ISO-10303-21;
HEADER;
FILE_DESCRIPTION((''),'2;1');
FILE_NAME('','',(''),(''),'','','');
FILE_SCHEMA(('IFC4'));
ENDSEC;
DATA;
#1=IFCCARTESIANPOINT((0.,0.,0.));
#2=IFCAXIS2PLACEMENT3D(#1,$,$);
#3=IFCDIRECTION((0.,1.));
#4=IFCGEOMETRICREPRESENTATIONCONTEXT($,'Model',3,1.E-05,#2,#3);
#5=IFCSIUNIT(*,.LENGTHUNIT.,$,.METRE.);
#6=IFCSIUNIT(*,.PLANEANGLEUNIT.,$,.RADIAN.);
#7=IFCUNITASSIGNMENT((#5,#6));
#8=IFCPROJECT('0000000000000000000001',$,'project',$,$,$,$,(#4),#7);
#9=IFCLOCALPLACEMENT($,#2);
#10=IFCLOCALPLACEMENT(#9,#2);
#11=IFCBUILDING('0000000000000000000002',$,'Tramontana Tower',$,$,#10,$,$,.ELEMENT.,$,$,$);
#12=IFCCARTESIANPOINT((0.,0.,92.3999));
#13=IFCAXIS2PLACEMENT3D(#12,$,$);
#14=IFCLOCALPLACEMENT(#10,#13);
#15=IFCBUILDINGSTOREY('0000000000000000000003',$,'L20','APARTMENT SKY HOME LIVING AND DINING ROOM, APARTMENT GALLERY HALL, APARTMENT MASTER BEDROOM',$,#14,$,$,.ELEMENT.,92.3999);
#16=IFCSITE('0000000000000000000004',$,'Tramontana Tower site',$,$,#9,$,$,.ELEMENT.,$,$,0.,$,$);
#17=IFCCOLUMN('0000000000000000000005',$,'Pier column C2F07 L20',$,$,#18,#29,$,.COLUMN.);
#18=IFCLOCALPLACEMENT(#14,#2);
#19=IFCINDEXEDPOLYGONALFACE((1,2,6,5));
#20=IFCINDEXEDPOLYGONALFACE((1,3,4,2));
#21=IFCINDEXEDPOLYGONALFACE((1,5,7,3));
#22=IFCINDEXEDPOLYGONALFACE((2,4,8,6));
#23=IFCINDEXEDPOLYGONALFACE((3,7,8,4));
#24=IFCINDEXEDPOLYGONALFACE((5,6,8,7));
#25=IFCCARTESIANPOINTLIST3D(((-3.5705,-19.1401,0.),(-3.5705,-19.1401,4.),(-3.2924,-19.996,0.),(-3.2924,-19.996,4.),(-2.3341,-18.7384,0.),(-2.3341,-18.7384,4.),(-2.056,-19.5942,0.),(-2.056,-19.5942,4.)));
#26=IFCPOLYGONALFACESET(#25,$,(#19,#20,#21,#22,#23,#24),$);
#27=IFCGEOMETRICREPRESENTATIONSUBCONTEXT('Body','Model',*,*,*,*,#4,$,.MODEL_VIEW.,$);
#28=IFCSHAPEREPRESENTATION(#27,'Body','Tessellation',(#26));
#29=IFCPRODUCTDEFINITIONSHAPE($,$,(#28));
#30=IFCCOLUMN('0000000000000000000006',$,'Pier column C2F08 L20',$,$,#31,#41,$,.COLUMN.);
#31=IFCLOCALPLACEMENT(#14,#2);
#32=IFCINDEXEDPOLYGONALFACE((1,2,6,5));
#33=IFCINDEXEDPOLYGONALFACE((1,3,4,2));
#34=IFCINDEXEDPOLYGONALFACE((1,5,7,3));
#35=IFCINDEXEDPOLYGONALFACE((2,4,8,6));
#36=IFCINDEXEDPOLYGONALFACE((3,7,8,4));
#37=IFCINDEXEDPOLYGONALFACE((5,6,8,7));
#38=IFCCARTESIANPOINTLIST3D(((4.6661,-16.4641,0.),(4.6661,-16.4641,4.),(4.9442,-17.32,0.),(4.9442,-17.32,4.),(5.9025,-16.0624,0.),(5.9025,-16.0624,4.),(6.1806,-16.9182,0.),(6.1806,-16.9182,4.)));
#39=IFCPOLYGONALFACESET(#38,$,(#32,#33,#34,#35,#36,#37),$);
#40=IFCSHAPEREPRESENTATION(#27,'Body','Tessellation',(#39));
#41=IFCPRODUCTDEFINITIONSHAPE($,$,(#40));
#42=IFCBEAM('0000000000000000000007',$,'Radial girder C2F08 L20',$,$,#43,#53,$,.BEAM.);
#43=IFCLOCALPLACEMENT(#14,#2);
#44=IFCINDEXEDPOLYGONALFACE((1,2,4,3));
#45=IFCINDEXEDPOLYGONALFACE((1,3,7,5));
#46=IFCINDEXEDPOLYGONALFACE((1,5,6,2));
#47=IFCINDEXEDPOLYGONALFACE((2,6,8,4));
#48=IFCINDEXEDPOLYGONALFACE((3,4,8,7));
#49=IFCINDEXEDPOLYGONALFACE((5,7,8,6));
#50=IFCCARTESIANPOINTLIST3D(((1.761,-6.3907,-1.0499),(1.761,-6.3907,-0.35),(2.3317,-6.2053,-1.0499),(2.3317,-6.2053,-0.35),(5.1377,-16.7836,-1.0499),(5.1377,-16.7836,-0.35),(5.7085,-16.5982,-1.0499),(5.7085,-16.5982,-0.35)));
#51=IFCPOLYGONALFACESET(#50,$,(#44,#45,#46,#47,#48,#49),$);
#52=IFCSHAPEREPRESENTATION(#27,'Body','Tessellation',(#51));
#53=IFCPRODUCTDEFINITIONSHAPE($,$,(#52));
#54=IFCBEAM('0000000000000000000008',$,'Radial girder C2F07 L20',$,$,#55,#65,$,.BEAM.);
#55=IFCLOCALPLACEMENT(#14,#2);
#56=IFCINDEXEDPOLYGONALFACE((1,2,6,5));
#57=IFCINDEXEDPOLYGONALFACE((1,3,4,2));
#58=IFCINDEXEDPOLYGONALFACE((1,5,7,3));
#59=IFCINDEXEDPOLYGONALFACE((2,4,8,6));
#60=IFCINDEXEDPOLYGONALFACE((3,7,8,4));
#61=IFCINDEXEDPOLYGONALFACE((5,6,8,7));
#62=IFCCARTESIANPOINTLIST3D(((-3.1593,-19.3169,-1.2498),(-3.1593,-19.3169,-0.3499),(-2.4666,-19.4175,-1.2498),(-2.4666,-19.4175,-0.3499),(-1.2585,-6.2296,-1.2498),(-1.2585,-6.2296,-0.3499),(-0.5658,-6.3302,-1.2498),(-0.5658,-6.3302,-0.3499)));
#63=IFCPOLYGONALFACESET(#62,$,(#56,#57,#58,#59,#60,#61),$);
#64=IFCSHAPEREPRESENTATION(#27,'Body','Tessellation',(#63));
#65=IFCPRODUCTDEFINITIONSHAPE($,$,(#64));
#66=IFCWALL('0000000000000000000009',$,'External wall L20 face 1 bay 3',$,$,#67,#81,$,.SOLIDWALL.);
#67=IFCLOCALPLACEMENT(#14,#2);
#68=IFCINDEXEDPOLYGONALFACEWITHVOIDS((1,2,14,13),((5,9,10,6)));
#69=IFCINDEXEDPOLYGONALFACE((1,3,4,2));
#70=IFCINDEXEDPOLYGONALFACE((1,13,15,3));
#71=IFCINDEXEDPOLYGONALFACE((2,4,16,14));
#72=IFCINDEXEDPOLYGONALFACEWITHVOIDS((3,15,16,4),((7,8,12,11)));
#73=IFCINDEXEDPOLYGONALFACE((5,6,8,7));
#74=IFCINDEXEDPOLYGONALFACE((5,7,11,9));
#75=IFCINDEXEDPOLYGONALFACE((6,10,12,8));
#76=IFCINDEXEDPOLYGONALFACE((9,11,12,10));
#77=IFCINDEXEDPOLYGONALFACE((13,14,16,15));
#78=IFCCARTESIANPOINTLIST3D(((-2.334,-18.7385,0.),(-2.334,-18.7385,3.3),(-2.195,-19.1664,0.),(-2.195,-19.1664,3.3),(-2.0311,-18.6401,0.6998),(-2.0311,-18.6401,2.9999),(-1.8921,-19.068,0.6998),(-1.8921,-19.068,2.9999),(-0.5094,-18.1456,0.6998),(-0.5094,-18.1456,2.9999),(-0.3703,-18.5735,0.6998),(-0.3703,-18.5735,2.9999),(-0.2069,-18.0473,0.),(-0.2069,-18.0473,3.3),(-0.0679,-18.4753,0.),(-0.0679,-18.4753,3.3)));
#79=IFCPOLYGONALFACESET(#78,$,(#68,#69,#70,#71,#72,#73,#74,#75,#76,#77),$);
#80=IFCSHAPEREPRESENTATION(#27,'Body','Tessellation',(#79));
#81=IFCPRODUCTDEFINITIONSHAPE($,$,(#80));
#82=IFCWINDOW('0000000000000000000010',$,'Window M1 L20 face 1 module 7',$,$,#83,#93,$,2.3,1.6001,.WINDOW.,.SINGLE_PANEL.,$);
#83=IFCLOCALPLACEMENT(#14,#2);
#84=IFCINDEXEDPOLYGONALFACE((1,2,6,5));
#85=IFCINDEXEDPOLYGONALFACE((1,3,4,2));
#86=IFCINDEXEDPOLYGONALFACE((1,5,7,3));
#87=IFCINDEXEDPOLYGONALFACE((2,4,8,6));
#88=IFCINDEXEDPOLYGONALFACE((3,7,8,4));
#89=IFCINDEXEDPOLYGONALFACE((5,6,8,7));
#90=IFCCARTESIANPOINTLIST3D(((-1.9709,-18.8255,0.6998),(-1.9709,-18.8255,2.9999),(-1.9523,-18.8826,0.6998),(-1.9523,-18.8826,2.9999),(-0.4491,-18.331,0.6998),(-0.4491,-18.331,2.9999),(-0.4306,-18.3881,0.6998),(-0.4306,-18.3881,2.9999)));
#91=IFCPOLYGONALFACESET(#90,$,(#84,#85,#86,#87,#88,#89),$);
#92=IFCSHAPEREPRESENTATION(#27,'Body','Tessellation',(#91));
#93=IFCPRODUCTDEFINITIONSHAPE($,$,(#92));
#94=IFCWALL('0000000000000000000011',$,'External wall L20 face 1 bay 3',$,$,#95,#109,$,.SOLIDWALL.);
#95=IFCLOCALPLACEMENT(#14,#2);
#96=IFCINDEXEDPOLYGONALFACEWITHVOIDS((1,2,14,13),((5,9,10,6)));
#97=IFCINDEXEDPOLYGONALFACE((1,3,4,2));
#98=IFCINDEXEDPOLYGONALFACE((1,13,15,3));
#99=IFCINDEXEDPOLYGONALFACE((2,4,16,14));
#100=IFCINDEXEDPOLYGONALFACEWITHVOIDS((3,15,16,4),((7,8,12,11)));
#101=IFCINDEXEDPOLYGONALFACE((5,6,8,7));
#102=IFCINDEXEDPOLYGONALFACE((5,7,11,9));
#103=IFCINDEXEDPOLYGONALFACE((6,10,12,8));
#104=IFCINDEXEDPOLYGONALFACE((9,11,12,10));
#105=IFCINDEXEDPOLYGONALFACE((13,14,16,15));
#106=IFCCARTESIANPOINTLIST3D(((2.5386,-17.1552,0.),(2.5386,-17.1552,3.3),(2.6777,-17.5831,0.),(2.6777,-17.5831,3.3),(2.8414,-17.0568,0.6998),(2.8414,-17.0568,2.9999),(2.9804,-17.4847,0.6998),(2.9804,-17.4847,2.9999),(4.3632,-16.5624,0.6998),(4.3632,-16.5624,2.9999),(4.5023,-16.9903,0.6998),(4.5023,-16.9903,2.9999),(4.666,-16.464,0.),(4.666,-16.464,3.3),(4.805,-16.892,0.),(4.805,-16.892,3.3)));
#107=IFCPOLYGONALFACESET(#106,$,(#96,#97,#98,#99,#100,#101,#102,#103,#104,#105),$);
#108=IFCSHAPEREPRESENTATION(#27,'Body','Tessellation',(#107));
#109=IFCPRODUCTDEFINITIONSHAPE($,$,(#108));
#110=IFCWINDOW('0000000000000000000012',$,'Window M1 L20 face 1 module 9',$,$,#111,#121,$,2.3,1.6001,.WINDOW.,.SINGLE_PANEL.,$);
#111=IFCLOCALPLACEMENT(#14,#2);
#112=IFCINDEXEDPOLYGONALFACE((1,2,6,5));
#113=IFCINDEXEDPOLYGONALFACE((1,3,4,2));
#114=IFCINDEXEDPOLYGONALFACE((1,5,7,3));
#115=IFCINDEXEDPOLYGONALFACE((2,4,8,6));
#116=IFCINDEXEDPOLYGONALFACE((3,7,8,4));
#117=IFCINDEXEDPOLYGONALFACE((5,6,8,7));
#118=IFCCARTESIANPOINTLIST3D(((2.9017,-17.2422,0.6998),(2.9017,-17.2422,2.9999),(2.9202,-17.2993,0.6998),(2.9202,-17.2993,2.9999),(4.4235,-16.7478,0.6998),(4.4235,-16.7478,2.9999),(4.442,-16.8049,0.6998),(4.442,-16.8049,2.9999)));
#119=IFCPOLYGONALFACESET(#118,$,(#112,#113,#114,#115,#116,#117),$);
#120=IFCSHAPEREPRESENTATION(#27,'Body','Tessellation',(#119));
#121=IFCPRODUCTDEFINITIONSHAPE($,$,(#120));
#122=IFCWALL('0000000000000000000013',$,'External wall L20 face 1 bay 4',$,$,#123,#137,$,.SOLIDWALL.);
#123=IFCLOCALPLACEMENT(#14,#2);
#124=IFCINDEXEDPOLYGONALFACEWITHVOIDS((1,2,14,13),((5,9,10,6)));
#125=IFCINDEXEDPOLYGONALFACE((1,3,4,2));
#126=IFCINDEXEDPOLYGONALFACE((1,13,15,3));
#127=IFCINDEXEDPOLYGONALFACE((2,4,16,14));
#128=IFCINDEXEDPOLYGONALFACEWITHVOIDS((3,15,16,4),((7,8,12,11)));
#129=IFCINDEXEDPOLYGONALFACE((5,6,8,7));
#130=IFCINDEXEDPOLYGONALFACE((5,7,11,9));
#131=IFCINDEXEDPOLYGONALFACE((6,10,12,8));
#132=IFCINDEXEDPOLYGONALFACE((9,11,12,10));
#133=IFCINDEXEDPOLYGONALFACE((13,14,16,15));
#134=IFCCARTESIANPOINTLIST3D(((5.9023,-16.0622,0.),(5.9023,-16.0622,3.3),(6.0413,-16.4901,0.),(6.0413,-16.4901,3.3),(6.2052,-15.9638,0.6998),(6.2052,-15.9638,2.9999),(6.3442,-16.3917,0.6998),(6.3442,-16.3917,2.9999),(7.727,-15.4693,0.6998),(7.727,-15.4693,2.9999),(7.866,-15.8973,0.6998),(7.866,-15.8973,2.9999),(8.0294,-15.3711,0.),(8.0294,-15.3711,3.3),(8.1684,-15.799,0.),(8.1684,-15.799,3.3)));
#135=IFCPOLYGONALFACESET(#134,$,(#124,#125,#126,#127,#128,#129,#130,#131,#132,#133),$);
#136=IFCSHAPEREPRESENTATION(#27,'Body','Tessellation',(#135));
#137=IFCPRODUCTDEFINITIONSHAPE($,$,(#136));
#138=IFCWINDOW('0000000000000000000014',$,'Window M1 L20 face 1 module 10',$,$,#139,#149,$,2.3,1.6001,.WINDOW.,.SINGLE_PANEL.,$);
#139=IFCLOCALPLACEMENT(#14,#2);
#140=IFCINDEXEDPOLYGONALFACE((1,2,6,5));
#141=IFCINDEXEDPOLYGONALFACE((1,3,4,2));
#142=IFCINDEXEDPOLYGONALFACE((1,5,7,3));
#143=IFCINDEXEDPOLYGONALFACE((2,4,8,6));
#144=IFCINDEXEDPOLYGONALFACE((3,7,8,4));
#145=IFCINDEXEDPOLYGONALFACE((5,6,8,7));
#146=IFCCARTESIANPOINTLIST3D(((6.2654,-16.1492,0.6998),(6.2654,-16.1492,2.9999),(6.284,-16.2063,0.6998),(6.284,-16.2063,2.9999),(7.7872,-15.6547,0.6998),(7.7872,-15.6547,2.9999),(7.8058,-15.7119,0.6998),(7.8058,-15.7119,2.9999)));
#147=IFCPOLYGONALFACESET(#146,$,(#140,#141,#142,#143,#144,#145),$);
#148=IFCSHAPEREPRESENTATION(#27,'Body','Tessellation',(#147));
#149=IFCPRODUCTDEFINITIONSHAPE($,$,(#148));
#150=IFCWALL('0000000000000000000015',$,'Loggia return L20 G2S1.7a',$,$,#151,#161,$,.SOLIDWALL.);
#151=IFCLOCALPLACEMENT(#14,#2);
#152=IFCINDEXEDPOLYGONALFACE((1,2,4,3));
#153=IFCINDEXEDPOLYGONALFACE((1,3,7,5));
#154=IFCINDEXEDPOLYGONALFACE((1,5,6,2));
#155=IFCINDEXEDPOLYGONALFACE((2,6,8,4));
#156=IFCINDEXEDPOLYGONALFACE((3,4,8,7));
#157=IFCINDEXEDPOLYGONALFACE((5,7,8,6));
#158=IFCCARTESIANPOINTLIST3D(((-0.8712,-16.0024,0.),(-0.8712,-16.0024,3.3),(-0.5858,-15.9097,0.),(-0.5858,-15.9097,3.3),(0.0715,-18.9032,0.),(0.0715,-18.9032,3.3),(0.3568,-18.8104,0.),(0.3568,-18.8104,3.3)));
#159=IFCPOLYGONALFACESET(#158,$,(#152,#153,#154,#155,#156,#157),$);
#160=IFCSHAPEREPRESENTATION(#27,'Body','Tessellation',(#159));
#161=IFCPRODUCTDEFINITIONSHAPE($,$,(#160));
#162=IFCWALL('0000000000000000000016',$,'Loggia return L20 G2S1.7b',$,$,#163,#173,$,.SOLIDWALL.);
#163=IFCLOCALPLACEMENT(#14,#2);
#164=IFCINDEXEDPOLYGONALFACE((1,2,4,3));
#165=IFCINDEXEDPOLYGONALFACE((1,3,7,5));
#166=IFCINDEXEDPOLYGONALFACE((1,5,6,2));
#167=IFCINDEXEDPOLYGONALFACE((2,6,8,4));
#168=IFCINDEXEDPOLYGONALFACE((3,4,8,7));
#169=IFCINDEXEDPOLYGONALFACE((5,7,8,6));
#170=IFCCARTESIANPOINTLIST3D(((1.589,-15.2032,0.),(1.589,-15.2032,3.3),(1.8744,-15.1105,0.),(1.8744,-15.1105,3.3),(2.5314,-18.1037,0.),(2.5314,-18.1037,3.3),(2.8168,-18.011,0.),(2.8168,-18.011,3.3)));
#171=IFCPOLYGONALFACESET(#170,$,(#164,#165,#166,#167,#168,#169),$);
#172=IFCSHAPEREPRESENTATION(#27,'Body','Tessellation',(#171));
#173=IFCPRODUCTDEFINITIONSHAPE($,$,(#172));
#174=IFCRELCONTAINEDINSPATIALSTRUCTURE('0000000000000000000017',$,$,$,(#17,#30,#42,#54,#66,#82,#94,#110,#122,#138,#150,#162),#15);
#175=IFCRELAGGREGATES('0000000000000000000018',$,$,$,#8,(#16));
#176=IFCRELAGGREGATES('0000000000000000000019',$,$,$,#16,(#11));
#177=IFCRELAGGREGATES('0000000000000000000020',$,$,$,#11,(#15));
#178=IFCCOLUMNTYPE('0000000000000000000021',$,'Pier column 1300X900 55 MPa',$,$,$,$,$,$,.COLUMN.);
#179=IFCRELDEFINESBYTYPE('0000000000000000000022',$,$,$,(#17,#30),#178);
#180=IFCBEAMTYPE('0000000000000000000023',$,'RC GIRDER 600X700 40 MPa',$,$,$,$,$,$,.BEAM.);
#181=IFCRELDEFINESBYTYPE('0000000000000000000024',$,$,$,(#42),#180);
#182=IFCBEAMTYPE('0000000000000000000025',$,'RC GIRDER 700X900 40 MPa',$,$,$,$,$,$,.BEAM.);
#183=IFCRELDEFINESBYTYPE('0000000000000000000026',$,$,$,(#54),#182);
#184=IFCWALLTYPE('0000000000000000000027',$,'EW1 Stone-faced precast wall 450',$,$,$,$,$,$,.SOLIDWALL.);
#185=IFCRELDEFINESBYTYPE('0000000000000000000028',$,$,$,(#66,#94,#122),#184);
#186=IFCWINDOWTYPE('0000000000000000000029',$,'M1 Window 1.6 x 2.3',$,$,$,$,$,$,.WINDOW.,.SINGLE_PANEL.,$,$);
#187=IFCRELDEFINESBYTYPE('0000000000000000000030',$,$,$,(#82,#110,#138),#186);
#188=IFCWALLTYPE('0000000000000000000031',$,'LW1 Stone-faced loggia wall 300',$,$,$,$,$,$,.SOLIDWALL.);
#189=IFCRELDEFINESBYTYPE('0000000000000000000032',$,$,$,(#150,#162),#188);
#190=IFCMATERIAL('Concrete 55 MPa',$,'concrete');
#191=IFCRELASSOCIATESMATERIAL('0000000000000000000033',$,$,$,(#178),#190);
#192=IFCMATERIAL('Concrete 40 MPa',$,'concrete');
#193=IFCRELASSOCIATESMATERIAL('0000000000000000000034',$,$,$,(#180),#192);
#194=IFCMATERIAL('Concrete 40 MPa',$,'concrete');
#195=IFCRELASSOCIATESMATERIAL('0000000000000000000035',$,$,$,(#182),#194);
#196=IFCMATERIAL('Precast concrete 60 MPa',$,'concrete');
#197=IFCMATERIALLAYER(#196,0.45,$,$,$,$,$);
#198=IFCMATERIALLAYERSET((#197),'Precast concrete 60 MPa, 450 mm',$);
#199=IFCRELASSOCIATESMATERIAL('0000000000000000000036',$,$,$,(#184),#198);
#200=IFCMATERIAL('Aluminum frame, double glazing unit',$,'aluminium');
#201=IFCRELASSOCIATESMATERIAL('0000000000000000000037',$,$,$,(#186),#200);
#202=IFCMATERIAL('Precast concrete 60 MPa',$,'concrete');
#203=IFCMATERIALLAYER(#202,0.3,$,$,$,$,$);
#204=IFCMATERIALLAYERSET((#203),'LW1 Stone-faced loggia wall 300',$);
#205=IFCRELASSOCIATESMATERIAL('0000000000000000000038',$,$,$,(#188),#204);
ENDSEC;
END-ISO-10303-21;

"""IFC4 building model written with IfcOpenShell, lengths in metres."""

from ifc_helpers import new_model, si_unit, direction, frame, frame_2d, origin, origin_2d, place, context, subcontext, project, spatial, rectangle, extrude, material, layer, layer_set, material_profile, profile_set, type_object, element, fill, save


model = new_model("IFC4")

# Units and contexts
model_context = context("Model", 3, precision=1e-05, world=origin(), true_north=direction((0.0, 1.0)))
body_context = subcontext(model_context, "Body", "Model", "MODEL_VIEW")
ifc_project = project(units=[si_unit("LENGTHUNIT", "METRE"), si_unit("PLANEANGLEUNIT", "RADIAN")], contexts=[model_context])

# Site, building, storey
site_placement = place(None, origin())
site = spatial("IfcSite", under=ifc_project, at=site_placement, Name="Tramontana Tower site", CompositionType="ELEMENT", RefElevation=0.0)
building_placement = place(site_placement, origin())
building = spatial("IfcBuilding", under=site, at=building_placement, Name="Tramontana Tower", CompositionType="ELEMENT")
storey_placement = place(building_placement, frame((0.0, 0.0, 92.3999)))
storey = spatial("IfcBuildingStorey", under=building, at=storey_placement, Name="L20", Description="APARTMENT SKY HOME LIVING AND DINING ROOM, APARTMENT GALLERY HALL, APARTMENT MASTER BEDROOM", CompositionType="ELEMENT", Elevation=92.3999)

# Columns
ifc_material_1 = material(Name="Concrete 55 MPa", Category="concrete")
ifc_material_profile_1 = material_profile(ifc_material_1, rectangle(XDim=1.3, YDim=0.8999, at=origin_2d()), Name="Pier column 1300X900 55 MPa")
ifc_profile_set_1 = profile_set([ifc_material_profile_1], Name="Concrete 55 MPa")
column_type = type_object("IfcColumnType", Name="Pier column 1300X900 55 MPa", PredefinedType="COLUMN", material=ifc_profile_set_1)
for number, where, z_axis, x_axis, name in (
    (1, (-2.8132, -19.3672, 0.0), (0.0, 0.0, 1.0), (0.951057, 0.309017, 0.0), "Pier column C2F07 L20"),
    (2, (5.4233, -16.6912, 0.0), (0.0, 0.0, 1.0), (0.951057, 0.309017, 0.0), "Pier column C2F08 L20"),
):
    element("IfcColumn", number, at=place(storey_placement, frame(where, z_axis=z_axis, x_axis=x_axis)), inside=storey, type_object=column_type, Name=name, PredefinedType="COLUMN", context=body_context, shape_type="SweptSolid", body=[
        extrude(rectangle(XDim=1.3, YDim=0.8999, at=origin_2d()), origin(), (0.0, 0.0, 1.0), 4.0),
    ])

# Beams
ifc_material_2 = material(Name="Concrete 40 MPa", Category="concrete")
ifc_material_profile_2 = material_profile(ifc_material_2, rectangle(XDim=0.6001, YDim=0.7, at=origin_2d()), Name="RC GIRDER 600X700 40 MPa")
ifc_profile_set_2 = profile_set([ifc_material_profile_2], Name="Concrete 40 MPa")
beam_type_1 = type_object("IfcBeamType", Name="RC GIRDER 600X700 40 MPa", PredefinedType="BEAM", material=ifc_profile_set_2)
beam_1_placement = place(storey_placement, frame((5.4231, -16.6909, -0.7), z_axis=(-0.309007, 0.95106, 0.0), x_axis=(-0.95106, -0.309007, 0.0)))
element("IfcBeam", 3, at=beam_1_placement, inside=storey, type_object=beam_type_1, Name="Radial girder C2F08 L20", PredefinedType="BEAM", context=body_context, shape_type="SweptSolid", body=[
    extrude(rectangle(XDim=0.6001, YDim=0.7, at=origin_2d()), origin(), (0.0, 0.0, 1.0), 10.9277),
])
ifc_material_3 = material(Name="Concrete 40 MPa", Category="concrete")
ifc_material_profile_3 = material_profile(ifc_material_3, rectangle(XDim=0.7, YDim=0.8999, at=origin_2d()), Name="RC GIRDER 700X900 40 MPa")
ifc_profile_set_3 = profile_set([ifc_material_profile_3], Name="Concrete 40 MPa")
beam_type_2 = type_object("IfcBeamType", Name="RC GIRDER 700X900 40 MPa", PredefinedType="BEAM", material=ifc_profile_set_3)
beam_2_placement = place(storey_placement, frame((-2.813, -19.3672, -0.7998), z_axis=(0.143737, 0.989616, 0.0), x_axis=(-0.989616, 0.143737, 0.0)))
element("IfcBeam", 4, at=beam_2_placement, inside=storey, type_object=beam_type_2, Name="Radial girder C2F07 L20", PredefinedType="BEAM", context=body_context, shape_type="SweptSolid", body=[
    extrude(rectangle(XDim=0.7, YDim=0.8999, at=origin_2d()), origin(), (0.0, 0.0, 1.0), 13.2246),
])

# Walls, openings, windows
ifc_material_4 = material(Name="Precast concrete 60 MPa", Category="concrete")
ifc_layer_1 = layer(ifc_material_4, 0.45)
ifc_layer_set_1 = layer_set([ifc_layer_1], Name="Precast concrete 60 MPa, 450 mm")
wall_type_1 = type_object("IfcWallType", Name="EW1 Stone-faced precast wall 450", PredefinedType="SOLIDWALL", material=ifc_layer_set_1)
wall_1_placement = place(storey_placement, frame((-2.2644, -18.9524, 0.0), z_axis=(0.0, 0.0, 1.0), x_axis=(0.951057, 0.309014, 0.0)))
wall_1 = element("IfcWall", 5, at=wall_1_placement, inside=storey, type_object=wall_type_1, Name="External wall L20 face 1 bay 3", PredefinedType="SOLIDWALL", context=body_context, shape_type="SweptSolid", body=[
    extrude(rectangle(XDim=2.2366, YDim=0.45, at=frame_2d((1.1182, 0.0))), origin(), (0.0, 0.0, 1.0), 3.3),
])
opening_1_placement = place(wall_1_placement, frame((0.3184, 0.0, 0.7)))
opening_1 = element("IfcOpeningElement", 6, at=opening_1_placement, cuts=wall_1, PredefinedType="OPENING", context=body_context, shape_type="SweptSolid", body=[
    extrude(rectangle(XDim=1.6001, YDim=2.3, at=frame_2d((0.8, 1.1499))), frame((0.0, 0.2349, 0.0), z_axis=(0.0, -1.0, 0.0), x_axis=(1.0, 0.0, 0.0)), (0.0, 0.0, 1.0), 0.47),
])
ifc_material_5 = material(Name="Aluminum frame, double glazing unit", Category="aluminium")
window_type = type_object("IfcWindowType", Name="M1 Window 1.6 x 2.3", PartitioningType="SINGLE_PANEL", PredefinedType="WINDOW", material=ifc_material_5)
window_1_placement = place(opening_1_placement, origin())
window_1 = element("IfcWindow", 7, at=window_1_placement, inside=storey, type_object=window_type, Name="Window M1 L20 face 1 module 7", OverallHeight=2.3, OverallWidth=1.6001, PartitioningType="SINGLE_PANEL", PredefinedType="WINDOW", context=body_context, shape_type="SweptSolid", body=[
    extrude(rectangle(XDim=1.6001, YDim=2.3, at=frame_2d((0.8, 1.1499))), frame((0.0, 0.03, 0.0), z_axis=(0.0, -1.0, 0.0), x_axis=(1.0, 0.0, 0.0)), (0.0, 0.0, 1.0), 0.0601),
])
fill(opening_1, window_1)
wall_2_placement = place(storey_placement, frame((2.6082, -17.3691, 0.0), z_axis=(0.0, 0.0, 1.0), x_axis=(0.951068, 0.308982, 0.0)))
wall_2 = element("IfcWall", 8, at=wall_2_placement, inside=storey, type_object=wall_type_1, Name="External wall L20 face 1 bay 3", PredefinedType="SOLIDWALL", context=body_context, shape_type="SweptSolid", body=[
    extrude(rectangle(XDim=2.2368, YDim=0.45, at=frame_2d((1.1184, 0.0))), origin(), (0.0, 0.0, 1.0), 3.3),
])
opening_2_placement = place(wall_2_placement, frame((0.3184, 0.0, 0.7)))
opening_2 = element("IfcOpeningElement", 9, at=opening_2_placement, cuts=wall_2, PredefinedType="OPENING", context=body_context, shape_type="SweptSolid", body=[
    extrude(rectangle(XDim=1.6001, YDim=2.3, at=frame_2d((0.8, 1.1499))), frame((0.0, 0.2349, 0.0), z_axis=(0.0, -1.0, 0.0), x_axis=(1.0, 0.0, 0.0)), (0.0, 0.0, 1.0), 0.47),
])
window_2_placement = place(opening_2_placement, origin())
window_2 = element("IfcWindow", 10, at=window_2_placement, inside=storey, type_object=window_type, Name="Window M1 L20 face 1 module 9", OverallHeight=2.3, OverallWidth=1.6001, PartitioningType="SINGLE_PANEL", PredefinedType="WINDOW", context=body_context, shape_type="SweptSolid", body=[
    extrude(rectangle(XDim=1.6001, YDim=2.3, at=frame_2d((0.8, 1.1499))), frame((0.0, 0.03, 0.0), z_axis=(0.0, -1.0, 0.0), x_axis=(1.0, 0.0, 0.0)), (0.0, 0.0, 1.0), 0.0601),
])
fill(opening_2, window_2)
wall_3_placement = place(storey_placement, frame((5.9719, -16.2761, 0.0), z_axis=(0.0, 0.0, 1.0), x_axis=(0.951057, 0.309014, 0.0)))
wall_3 = element("IfcWall", 11, at=wall_3_placement, inside=storey, type_object=wall_type_1, Name="External wall L20 face 1 bay 4", PredefinedType="SOLIDWALL", context=body_context, shape_type="SweptSolid", body=[
    extrude(rectangle(XDim=2.2366, YDim=0.45, at=frame_2d((1.1182, 0.0))), origin(), (0.0, 0.0, 1.0), 3.3),
])
opening_3_placement = place(wall_3_placement, frame((0.3184, 0.0, 0.7)))
opening_3 = element("IfcOpeningElement", 12, at=opening_3_placement, cuts=wall_3, PredefinedType="OPENING", context=body_context, shape_type="SweptSolid", body=[
    extrude(rectangle(XDim=1.6001, YDim=2.3, at=frame_2d((0.8, 1.1499))), frame((0.0, 0.2349, 0.0), z_axis=(0.0, -1.0, 0.0), x_axis=(1.0, 0.0, 0.0)), (0.0, 0.0, 1.0), 0.47),
])
window_3_placement = place(opening_3_placement, origin())
window_3 = element("IfcWindow", 13, at=window_3_placement, inside=storey, type_object=window_type, Name="Window M1 L20 face 1 module 10", OverallHeight=2.3, OverallWidth=1.6001, PartitioningType="SINGLE_PANEL", PredefinedType="WINDOW", context=body_context, shape_type="SweptSolid", body=[
    extrude(rectangle(XDim=1.6001, YDim=2.3, at=frame_2d((0.8, 1.1499))), frame((0.0, 0.03, 0.0), z_axis=(0.0, -1.0, 0.0), x_axis=(1.0, 0.0, 0.0)), (0.0, 0.0, 1.0), 0.0601),
])
fill(opening_3, window_3)

# Shared definitions
ifc_material_6 = material(Name="Precast concrete 60 MPa", Category="concrete")
ifc_layer_2 = layer(ifc_material_6, 0.3)
ifc_layer_set_2 = layer_set([ifc_layer_2], Name="LW1 Stone-faced loggia wall 300")
wall_type_2 = type_object("IfcWallType", Name="LW1 Stone-faced loggia wall 300", PredefinedType="SOLIDWALL", material=ifc_layer_set_2)

# Walls
wall_4_placement = place(storey_placement, frame((0.2141, -18.8567, 0.0), z_axis=(0.0, 0.0, 1.0), x_axis=(-0.309063, 0.951042, 0.0)))
element("IfcWall", 14, at=wall_4_placement, inside=storey, type_object=wall_type_2, Name="Loggia return L20 G2S1.7a", PredefinedType="SOLIDWALL", context=body_context, shape_type="SweptSolid", body=[
    extrude(rectangle(XDim=3.05, YDim=0.3, at=frame_2d((1.5249, 0.0))), origin(), (0.0, 0.0, 1.0), 3.3),
])
wall_5_placement = place(storey_placement, frame((2.6741, -18.0574, 0.0), z_axis=(0.0, 0.0, 1.0), x_axis=(-0.30899, 0.951065, 0.0)))
element("IfcWall", 15, at=wall_5_placement, inside=storey, type_object=wall_type_2, Name="Loggia return L20 G2S1.7b", PredefinedType="SOLIDWALL", context=body_context, shape_type="SweptSolid", body=[
    extrude(rectangle(XDim=3.0498, YDim=0.3, at=frame_2d((1.5249, 0.0))), origin(), (0.0, 0.0, 1.0), 3.3),
])

save(model, "model.ifc")
